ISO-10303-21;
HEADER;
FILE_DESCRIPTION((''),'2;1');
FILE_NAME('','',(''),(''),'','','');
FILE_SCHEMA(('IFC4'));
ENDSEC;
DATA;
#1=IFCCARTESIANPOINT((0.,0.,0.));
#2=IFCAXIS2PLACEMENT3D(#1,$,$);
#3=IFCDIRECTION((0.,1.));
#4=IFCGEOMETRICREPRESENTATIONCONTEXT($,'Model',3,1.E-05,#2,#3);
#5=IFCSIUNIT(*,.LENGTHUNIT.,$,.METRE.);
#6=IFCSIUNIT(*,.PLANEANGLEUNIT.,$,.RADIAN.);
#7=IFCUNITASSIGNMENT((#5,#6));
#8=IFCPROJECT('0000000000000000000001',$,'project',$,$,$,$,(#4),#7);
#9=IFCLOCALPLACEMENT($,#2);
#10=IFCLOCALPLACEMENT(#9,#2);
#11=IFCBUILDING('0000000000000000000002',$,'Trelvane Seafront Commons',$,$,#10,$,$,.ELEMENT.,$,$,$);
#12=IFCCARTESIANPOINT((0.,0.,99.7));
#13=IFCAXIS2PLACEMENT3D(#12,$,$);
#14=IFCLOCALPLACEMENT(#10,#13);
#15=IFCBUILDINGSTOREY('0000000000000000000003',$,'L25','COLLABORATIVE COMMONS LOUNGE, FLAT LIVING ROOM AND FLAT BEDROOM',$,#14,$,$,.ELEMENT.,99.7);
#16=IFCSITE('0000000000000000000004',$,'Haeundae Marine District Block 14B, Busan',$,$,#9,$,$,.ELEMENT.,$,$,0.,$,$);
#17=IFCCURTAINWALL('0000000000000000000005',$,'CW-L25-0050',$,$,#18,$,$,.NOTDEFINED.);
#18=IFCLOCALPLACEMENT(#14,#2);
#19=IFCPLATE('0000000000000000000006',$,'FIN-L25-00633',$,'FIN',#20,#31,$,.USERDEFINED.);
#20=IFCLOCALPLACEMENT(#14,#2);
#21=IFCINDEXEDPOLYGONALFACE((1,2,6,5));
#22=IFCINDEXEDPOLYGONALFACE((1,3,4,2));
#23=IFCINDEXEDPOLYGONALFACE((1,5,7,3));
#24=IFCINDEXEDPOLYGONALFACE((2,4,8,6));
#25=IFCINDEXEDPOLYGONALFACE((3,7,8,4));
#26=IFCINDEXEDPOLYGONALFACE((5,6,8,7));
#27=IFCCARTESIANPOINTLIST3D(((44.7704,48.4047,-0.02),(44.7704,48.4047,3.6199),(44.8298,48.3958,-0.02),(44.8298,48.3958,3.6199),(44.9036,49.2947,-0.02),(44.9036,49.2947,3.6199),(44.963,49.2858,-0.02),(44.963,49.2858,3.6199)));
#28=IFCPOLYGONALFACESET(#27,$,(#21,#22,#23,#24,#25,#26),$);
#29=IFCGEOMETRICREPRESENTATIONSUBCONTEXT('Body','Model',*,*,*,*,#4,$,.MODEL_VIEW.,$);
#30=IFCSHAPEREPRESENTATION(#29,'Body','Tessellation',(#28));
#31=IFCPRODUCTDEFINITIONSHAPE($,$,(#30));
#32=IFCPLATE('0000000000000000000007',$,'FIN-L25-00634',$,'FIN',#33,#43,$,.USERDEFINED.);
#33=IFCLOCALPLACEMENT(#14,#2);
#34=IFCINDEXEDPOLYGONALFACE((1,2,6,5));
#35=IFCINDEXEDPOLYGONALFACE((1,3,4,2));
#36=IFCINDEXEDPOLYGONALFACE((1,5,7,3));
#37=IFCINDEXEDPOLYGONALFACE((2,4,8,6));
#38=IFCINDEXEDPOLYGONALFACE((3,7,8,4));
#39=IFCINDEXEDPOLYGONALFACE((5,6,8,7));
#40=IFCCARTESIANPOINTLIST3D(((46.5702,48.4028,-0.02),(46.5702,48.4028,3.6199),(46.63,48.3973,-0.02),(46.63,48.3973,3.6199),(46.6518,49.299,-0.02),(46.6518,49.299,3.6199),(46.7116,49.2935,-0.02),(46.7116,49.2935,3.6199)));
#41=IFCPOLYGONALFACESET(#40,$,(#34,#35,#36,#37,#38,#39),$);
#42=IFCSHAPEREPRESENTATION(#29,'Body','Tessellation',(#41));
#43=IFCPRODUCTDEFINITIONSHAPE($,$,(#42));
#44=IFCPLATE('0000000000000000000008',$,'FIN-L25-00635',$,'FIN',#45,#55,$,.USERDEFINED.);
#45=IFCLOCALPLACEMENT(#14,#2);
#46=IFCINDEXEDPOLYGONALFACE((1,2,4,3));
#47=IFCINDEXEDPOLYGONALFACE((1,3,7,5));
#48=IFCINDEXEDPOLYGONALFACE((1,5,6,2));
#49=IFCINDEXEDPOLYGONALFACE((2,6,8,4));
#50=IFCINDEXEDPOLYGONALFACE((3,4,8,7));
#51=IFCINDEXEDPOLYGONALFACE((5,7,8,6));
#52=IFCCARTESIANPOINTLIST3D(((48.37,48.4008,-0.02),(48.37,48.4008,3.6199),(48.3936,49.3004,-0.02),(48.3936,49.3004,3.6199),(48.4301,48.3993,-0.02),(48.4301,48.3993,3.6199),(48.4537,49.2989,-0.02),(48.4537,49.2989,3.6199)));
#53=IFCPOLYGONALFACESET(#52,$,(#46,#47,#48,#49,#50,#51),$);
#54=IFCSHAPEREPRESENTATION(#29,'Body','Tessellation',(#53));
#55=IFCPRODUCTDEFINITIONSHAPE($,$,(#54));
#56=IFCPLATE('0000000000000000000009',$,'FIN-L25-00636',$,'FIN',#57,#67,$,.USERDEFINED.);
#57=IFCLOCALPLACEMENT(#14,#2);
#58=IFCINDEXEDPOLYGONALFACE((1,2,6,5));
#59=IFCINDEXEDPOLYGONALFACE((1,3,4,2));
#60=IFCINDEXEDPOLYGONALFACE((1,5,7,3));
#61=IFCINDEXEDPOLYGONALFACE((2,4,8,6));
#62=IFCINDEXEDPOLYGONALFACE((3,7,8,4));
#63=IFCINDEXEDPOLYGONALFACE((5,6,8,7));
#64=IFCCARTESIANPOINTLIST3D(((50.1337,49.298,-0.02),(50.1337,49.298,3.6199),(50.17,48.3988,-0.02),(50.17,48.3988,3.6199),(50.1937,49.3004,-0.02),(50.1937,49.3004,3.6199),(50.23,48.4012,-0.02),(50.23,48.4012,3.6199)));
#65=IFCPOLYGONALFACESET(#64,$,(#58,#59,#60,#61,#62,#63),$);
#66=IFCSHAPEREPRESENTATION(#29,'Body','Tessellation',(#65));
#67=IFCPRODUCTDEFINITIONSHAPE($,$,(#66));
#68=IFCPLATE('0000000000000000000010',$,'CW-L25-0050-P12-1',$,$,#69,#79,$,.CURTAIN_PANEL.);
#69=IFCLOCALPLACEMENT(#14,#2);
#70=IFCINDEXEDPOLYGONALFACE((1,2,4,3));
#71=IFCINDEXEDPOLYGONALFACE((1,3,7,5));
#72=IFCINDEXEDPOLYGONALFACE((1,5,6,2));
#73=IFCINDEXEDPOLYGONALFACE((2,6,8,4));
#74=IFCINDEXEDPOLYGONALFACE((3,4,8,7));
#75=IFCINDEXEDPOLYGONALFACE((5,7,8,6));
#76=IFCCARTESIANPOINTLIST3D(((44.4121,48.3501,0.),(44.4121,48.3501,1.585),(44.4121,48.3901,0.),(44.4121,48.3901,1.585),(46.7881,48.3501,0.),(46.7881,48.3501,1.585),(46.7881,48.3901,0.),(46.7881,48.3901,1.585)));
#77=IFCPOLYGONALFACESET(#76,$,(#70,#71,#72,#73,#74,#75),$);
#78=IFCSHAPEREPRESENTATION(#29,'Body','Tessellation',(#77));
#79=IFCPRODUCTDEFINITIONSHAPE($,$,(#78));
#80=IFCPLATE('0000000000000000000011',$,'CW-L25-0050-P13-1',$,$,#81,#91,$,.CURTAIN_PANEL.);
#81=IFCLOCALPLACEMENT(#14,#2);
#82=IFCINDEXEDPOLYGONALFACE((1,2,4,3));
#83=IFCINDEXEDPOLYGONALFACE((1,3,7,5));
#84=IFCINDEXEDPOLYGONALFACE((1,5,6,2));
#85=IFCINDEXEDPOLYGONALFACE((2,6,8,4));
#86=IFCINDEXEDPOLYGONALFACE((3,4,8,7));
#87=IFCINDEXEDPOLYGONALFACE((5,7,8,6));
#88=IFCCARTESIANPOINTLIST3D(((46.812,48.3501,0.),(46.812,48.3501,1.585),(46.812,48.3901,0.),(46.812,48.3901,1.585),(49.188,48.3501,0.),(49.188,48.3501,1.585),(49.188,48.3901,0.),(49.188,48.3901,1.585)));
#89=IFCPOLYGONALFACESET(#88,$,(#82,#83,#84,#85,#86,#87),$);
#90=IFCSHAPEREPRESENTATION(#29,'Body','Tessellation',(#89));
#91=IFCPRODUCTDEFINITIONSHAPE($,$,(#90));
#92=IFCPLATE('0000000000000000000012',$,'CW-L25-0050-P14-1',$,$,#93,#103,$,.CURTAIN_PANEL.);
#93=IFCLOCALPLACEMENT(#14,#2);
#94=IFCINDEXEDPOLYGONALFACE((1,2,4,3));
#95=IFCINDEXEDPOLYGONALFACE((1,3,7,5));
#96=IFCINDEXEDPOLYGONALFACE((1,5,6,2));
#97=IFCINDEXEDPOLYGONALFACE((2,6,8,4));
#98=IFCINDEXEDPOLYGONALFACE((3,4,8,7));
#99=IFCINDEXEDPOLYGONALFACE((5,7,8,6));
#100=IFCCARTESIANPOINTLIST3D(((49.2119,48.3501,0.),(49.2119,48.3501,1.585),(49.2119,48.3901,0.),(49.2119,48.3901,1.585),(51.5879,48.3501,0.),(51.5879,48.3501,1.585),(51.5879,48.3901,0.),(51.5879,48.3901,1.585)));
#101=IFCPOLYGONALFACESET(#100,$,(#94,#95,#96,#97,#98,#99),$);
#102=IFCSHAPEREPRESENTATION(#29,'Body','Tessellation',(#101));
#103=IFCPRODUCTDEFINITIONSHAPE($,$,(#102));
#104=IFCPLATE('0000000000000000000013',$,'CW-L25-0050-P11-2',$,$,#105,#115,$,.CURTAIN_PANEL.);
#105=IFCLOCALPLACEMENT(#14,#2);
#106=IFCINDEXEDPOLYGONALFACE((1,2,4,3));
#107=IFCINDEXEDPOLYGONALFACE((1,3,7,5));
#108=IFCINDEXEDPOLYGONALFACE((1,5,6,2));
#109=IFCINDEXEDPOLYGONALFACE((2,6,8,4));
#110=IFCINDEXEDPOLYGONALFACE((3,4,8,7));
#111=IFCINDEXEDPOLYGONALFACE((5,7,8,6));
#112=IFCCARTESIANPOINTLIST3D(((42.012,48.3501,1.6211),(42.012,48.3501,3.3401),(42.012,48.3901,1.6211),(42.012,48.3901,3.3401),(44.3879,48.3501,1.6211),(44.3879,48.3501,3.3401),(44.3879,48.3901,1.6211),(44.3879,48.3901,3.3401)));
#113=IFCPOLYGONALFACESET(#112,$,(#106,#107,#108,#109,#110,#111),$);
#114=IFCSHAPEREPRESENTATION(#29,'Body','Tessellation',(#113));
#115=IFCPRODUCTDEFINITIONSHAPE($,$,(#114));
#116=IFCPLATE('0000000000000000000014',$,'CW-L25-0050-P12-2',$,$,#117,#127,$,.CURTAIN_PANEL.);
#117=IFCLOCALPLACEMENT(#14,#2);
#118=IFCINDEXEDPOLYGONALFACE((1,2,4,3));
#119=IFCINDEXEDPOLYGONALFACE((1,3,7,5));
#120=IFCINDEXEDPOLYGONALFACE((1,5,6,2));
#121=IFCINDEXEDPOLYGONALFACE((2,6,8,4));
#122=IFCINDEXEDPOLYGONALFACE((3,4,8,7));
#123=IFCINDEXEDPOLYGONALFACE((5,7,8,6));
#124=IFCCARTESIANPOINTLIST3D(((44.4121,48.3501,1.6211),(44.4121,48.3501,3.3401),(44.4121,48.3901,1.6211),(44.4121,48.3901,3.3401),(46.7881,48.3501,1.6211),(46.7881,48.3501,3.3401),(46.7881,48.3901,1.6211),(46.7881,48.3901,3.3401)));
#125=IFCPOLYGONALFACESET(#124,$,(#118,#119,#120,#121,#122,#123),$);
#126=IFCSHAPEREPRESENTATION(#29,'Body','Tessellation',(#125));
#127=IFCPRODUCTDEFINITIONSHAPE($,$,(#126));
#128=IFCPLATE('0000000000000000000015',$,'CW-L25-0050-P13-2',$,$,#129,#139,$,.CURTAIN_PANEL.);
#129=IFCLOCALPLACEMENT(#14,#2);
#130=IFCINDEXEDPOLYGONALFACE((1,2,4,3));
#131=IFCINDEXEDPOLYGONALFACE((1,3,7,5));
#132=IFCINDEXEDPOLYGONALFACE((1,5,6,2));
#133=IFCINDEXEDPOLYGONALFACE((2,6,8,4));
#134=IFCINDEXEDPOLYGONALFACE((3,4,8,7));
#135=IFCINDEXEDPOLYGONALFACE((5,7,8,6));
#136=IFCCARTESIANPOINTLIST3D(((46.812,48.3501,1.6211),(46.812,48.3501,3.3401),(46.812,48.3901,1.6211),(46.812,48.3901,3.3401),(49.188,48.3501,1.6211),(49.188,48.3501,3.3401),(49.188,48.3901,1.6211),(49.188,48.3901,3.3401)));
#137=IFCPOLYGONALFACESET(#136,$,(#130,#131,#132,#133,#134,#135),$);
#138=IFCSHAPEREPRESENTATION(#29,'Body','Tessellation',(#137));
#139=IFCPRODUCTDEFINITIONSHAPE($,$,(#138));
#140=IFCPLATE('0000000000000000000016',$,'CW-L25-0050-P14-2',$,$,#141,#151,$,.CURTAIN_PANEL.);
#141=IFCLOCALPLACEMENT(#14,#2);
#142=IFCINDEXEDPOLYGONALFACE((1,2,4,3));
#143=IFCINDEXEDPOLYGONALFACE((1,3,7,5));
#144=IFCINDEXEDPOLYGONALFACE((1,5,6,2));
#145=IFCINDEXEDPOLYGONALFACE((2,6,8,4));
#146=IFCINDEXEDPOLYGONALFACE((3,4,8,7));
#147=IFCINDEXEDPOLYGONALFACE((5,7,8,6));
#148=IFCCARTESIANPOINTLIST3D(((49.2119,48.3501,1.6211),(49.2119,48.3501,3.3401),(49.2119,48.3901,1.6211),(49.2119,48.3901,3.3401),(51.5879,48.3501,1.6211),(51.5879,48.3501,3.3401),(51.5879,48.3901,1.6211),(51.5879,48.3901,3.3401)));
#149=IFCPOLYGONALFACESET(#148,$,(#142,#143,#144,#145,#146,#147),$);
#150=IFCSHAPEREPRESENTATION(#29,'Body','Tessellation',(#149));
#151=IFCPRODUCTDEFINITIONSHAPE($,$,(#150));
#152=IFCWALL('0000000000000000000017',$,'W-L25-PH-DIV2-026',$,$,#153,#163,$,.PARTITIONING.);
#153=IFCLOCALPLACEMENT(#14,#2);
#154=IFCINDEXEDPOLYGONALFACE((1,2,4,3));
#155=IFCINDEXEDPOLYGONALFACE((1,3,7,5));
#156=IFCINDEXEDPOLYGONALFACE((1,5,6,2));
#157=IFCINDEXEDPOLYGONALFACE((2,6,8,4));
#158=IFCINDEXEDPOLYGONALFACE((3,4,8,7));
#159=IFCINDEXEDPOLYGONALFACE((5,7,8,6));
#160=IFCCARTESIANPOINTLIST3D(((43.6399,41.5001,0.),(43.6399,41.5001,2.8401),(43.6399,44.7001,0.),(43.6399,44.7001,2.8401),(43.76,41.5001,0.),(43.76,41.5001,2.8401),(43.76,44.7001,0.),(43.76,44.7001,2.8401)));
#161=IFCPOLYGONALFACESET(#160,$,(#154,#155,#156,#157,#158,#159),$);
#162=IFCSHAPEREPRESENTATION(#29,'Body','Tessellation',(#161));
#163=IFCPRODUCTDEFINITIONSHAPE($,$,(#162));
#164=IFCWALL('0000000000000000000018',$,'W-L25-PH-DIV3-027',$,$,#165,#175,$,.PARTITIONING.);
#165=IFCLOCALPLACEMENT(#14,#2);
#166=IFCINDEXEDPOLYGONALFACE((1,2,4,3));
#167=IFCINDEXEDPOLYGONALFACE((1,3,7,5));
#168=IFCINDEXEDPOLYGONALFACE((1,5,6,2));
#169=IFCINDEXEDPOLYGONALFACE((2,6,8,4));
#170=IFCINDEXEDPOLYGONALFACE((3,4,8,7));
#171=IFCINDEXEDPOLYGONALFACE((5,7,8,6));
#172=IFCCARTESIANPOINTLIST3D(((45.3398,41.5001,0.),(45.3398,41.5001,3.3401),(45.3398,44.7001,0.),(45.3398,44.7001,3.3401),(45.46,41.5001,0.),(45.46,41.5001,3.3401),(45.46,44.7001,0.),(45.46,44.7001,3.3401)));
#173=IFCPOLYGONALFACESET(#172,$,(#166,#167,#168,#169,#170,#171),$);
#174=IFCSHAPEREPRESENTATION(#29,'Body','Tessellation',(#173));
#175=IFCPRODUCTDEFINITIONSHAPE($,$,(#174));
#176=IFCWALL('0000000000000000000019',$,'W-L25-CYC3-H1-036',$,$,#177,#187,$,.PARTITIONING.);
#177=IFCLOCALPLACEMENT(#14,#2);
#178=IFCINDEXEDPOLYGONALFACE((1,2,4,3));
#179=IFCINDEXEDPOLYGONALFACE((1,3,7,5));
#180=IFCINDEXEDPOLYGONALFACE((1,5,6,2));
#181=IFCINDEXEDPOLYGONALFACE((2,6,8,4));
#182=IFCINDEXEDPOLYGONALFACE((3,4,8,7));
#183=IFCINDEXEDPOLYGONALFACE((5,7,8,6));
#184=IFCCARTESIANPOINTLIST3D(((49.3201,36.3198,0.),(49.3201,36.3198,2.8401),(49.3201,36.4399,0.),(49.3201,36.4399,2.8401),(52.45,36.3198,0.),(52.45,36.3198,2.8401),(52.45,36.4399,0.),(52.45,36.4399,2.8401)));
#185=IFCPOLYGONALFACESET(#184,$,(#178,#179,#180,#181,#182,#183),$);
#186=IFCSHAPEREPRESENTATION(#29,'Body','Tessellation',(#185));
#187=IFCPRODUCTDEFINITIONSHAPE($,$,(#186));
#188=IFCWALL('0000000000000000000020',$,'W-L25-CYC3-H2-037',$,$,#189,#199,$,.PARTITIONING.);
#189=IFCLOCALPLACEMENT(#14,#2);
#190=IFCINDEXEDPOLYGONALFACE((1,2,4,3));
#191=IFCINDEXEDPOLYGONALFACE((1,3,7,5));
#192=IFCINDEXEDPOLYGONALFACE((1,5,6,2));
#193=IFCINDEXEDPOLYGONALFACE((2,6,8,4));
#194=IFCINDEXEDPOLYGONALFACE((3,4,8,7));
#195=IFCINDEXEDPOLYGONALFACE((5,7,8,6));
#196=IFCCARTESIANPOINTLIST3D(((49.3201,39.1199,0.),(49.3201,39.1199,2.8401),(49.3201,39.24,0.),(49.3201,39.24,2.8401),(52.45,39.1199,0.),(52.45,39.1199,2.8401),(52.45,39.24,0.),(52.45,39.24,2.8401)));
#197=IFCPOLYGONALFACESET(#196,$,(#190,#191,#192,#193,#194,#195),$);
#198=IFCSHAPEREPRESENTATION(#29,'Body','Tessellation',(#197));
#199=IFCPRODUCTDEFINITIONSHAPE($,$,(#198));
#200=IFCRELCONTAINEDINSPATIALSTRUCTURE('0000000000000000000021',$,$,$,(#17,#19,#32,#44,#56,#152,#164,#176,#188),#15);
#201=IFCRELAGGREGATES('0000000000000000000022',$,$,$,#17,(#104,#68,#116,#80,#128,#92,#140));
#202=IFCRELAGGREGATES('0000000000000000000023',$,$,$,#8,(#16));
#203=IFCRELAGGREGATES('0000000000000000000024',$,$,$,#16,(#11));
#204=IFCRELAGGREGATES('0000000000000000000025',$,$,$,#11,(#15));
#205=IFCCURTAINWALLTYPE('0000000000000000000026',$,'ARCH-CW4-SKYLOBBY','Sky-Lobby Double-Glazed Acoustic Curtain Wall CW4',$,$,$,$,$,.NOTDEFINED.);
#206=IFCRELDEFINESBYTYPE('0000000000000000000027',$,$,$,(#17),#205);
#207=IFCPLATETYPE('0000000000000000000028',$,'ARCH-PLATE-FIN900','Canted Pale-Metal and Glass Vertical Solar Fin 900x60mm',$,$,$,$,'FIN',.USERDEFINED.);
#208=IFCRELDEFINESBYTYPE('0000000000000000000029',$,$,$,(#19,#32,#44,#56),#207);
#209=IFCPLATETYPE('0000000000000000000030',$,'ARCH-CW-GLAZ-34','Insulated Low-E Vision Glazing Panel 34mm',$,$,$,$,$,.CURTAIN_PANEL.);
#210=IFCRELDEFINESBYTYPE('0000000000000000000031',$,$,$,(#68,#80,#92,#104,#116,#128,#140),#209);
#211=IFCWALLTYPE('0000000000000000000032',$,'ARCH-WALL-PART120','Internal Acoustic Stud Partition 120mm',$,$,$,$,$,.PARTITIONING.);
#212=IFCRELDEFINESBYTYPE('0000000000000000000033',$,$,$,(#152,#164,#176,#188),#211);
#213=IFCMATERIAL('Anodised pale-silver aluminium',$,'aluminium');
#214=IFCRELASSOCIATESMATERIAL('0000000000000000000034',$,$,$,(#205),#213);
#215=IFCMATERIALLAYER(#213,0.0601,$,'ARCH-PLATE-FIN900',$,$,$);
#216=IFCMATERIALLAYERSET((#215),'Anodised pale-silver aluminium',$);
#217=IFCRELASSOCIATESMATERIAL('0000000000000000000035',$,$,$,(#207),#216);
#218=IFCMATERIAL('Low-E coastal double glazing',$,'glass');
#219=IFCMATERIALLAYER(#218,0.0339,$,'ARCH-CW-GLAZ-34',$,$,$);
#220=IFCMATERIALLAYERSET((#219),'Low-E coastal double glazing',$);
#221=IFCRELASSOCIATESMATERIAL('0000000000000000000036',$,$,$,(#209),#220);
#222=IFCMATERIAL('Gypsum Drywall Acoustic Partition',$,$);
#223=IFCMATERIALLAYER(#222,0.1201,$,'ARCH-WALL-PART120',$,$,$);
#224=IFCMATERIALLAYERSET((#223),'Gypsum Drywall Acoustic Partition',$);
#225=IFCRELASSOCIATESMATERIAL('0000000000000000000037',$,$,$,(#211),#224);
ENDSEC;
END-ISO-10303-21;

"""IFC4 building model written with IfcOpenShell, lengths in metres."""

from ifc_helpers import new_model, si_unit, direction, frame, frame_2d, origin, origin_2d, place, context, subcontext, project, spatial, rectangle, extrude, source, transform, mapped, material, layer, layer_set, type_object, element, aggregate, save


model = new_model("IFC4")

# Units and contexts
model_context = context("Model", 3, precision=1e-05, world=origin(), true_north=direction((0.0, 1.0)))
body_context = subcontext(model_context, "Body", "Model", "MODEL_VIEW")
ifc_project = project(units=[si_unit("LENGTHUNIT", "METRE"), si_unit("PLANEANGLEUNIT", "RADIAN")], contexts=[model_context])

# Site, building, storey
site_placement = place(None, origin())
site = spatial("IfcSite", under=ifc_project, at=site_placement, Name="Haeundae Marine District Block 14B, Busan", CompositionType="ELEMENT", RefElevation=0.0)
building_placement = place(site_placement, origin())
building = spatial("IfcBuilding", under=site, at=building_placement, Name="Trelvane Seafront Commons", CompositionType="ELEMENT")
storey_placement = place(building_placement, frame((0.0, 0.0, 99.7)))
storey = spatial("IfcBuildingStorey", under=building, at=storey_placement, Name="L25", Description="COLLABORATIVE COMMONS LOUNGE, FLAT LIVING ROOM AND FLAT BEDROOM", CompositionType="ELEMENT", Elevation=99.7)

# Curtain wall
ifc_material_1 = material(Name="Anodised pale-silver aluminium", Category="aluminium")
curtain_wall_type = type_object("IfcCurtainWallType", Name="ARCH-CW4-SKYLOBBY", Description="Sky-Lobby Double-Glazed Acoustic Curtain Wall CW4", PredefinedType="NOTDEFINED", material=ifc_material_1)
curtain_wall_placement = place(storey_placement, origin())
curtain_wall = element("IfcCurtainWall", 1, at=curtain_wall_placement, inside=storey, type_object=curtain_wall_type, Name="CW-L25-0050", PredefinedType="NOTDEFINED")

# Plates
ifc_layer_1 = layer(ifc_material_1, 0.0601, Name="ARCH-PLATE-FIN900")
ifc_layer_set_1 = layer_set([ifc_layer_1], Name="Anodised pale-silver aluminium")
plate_type_1 = type_object("IfcPlateType", Name="ARCH-PLATE-FIN900", Description="Canted Pale-Metal and Glass Vertical Solar Fin 900x60mm", ElementType="FIN", PredefinedType="USERDEFINED", material=ifc_layer_set_1)
shared_shape_1 = source(origin(), body_context, "Body", "SweptSolid", [
    extrude(rectangle(XDim=0.8999, YDim=0.0601, at=origin_2d()), origin(), (0.0, 0.0, 1.0), 3.6399),
])
for number, where, z_axis, x_axis, name in (
    (2, (44.8667, 48.8452, -0.02), (0.0, 0.0, 1.0), (0.148106, 0.988971, 0.0), "FIN-L25-00633"),
    (3, (46.6409, 48.8481, -0.02), (0.0, 0.0, 1.0), (0.090666, 0.995881, 0.0), "FIN-L25-00634"),
    (4, (48.4119, 48.8499, -0.02), (0.0, 0.0, 1.0), (0.026222, 0.999656, 0.0), "FIN-L25-00635"),
    (5, (50.1819, 48.8496, -0.02), (0.0, 0.0, 1.0), (-0.040332, 0.999186, 0.0), "FIN-L25-00636"),
):
    element("IfcPlate", number, at=place(storey_placement, frame(where, z_axis=z_axis, x_axis=x_axis)), inside=storey, type_object=plate_type_1, Name=name, ObjectType="FIN", PredefinedType="USERDEFINED", context=body_context, shape_type="MappedRepresentation", body=[
        mapped(shared_shape_1, transform((0.0, 0.0, 0.0), x_axis=(1.0, 0.0, 0.0), y_axis=(0.0, 1.0, 0.0), z_axis=(0.0, 0.0, 1.0), scale=1.0)),
    ])

# Plates
ifc_material_2 = material(Name="Low-E coastal double glazing", Category="glass")
ifc_layer_2 = layer(ifc_material_2, 0.0339, Name="ARCH-CW-GLAZ-34")
ifc_layer_set_2 = layer_set([ifc_layer_2], Name="Low-E coastal double glazing")
plate_type_2 = type_object("IfcPlateType", Name="ARCH-CW-GLAZ-34", Description="Insulated Low-E Vision Glazing Panel 34mm", PredefinedType="CURTAIN_PANEL", material=ifc_layer_set_2)
shared_shape_2 = source(origin(), body_context, "Body", "SweptSolid", [
    extrude(rectangle(XDim=2.376, YDim=0.04, at=origin_2d()), origin(), (0.0, 0.0, 1.0), 1.585),
])
plate_1_placement = place(storey_placement, frame((45.6001, 48.3701, 0.0), z_axis=(0.0, 0.0, 1.0), x_axis=(1.0, 0.0, 0.0)))
plate_1 = element("IfcPlate", 6, at=plate_1_placement, type_object=plate_type_2, Name="CW-L25-0050-P12-1", PredefinedType="CURTAIN_PANEL", context=body_context, shape_type="MappedRepresentation", body=[
    mapped(shared_shape_2, transform((0.0, 0.0, 0.0), x_axis=(1.0, 0.0, 0.0), y_axis=(0.0, 1.0, 0.0), z_axis=(0.0, 0.0, 1.0), scale=1.0)),
])
plate_2_placement = place(storey_placement, frame((48.0, 48.3701, 0.0), z_axis=(0.0, 0.0, 1.0), x_axis=(1.0, 0.0, 0.0)))
plate_2 = element("IfcPlate", 7, at=plate_2_placement, type_object=plate_type_2, Name="CW-L25-0050-P13-1", PredefinedType="CURTAIN_PANEL", context=body_context, shape_type="MappedRepresentation", body=[
    mapped(shared_shape_2, transform((0.0, 0.0, 0.0), x_axis=(1.0, 0.0, 0.0), y_axis=(0.0, 1.0, 0.0), z_axis=(0.0, 0.0, 1.0), scale=1.0)),
])
plate_3_placement = place(storey_placement, frame((50.3999, 48.3701, 0.0), z_axis=(0.0, 0.0, 1.0), x_axis=(1.0, 0.0, 0.0)))
plate_3 = element("IfcPlate", 8, at=plate_3_placement, type_object=plate_type_2, Name="CW-L25-0050-P14-1", PredefinedType="CURTAIN_PANEL", context=body_context, shape_type="MappedRepresentation", body=[
    mapped(shared_shape_2, transform((0.0, 0.0, 0.0), x_axis=(1.0, 0.0, 0.0), y_axis=(0.0, 1.0, 0.0), z_axis=(0.0, 0.0, 1.0), scale=1.0)),
])
shared_shape_3 = source(origin(), body_context, "Body", "SweptSolid", [
    extrude(rectangle(XDim=2.376, YDim=0.04, at=origin_2d()), origin(), (0.0, 0.0, 1.0), 1.719),
])
plate_4_placement = place(storey_placement, frame((43.2, 48.3701, 1.6211), z_axis=(0.0, 0.0, 1.0), x_axis=(1.0, 0.0, 0.0)))
plate_4 = element("IfcPlate", 9, at=plate_4_placement, type_object=plate_type_2, Name="CW-L25-0050-P11-2", PredefinedType="CURTAIN_PANEL", context=body_context, shape_type="MappedRepresentation", body=[
    mapped(shared_shape_3, transform((0.0, 0.0, 0.0), x_axis=(1.0, 0.0, 0.0), y_axis=(0.0, 1.0, 0.0), z_axis=(0.0, 0.0, 1.0), scale=1.0)),
])
plate_5_placement = place(storey_placement, frame((45.6001, 48.3701, 1.6211), z_axis=(0.0, 0.0, 1.0), x_axis=(1.0, 0.0, 0.0)))
plate_5 = element("IfcPlate", 10, at=plate_5_placement, type_object=plate_type_2, Name="CW-L25-0050-P12-2", PredefinedType="CURTAIN_PANEL", context=body_context, shape_type="MappedRepresentation", body=[
    mapped(shared_shape_3, transform((0.0, 0.0, 0.0), x_axis=(1.0, 0.0, 0.0), y_axis=(0.0, 1.0, 0.0), z_axis=(0.0, 0.0, 1.0), scale=1.0)),
])
plate_6_placement = place(storey_placement, frame((48.0, 48.3701, 1.6211), z_axis=(0.0, 0.0, 1.0), x_axis=(1.0, 0.0, 0.0)))
plate_6 = element("IfcPlate", 11, at=plate_6_placement, type_object=plate_type_2, Name="CW-L25-0050-P13-2", PredefinedType="CURTAIN_PANEL", context=body_context, shape_type="MappedRepresentation", body=[
    mapped(shared_shape_3, transform((0.0, 0.0, 0.0), x_axis=(1.0, 0.0, 0.0), y_axis=(0.0, 1.0, 0.0), z_axis=(0.0, 0.0, 1.0), scale=1.0)),
])
plate_7_placement = place(storey_placement, frame((50.3999, 48.3701, 1.6211), z_axis=(0.0, 0.0, 1.0), x_axis=(1.0, 0.0, 0.0)))
plate_7 = element("IfcPlate", 12, at=plate_7_placement, type_object=plate_type_2, Name="CW-L25-0050-P14-2", PredefinedType="CURTAIN_PANEL", context=body_context, shape_type="MappedRepresentation", body=[
    mapped(shared_shape_3, transform((0.0, 0.0, 0.0), x_axis=(1.0, 0.0, 0.0), y_axis=(0.0, 1.0, 0.0), z_axis=(0.0, 0.0, 1.0), scale=1.0)),
])
aggregate(curtain_wall, [plate_4, plate_1, plate_5, plate_2, plate_6, plate_3, plate_7])

# Walls
ifc_material_3 = material(Name="Gypsum Drywall Acoustic Partition")
ifc_layer_3 = layer(ifc_material_3, 0.1201, Name="ARCH-WALL-PART120")
ifc_layer_set_3 = layer_set([ifc_layer_3], Name="Gypsum Drywall Acoustic Partition")
wall_type_1 = type_object("IfcWallType", Name="ARCH-WALL-PART120", Description="Internal Acoustic Stud Partition 120mm", PredefinedType="PARTITIONING", material=ifc_layer_set_3)
wall_1_placement = place(storey_placement, frame((43.7, 41.5, 0.0), z_axis=(0.0, 0.0, 1.0), x_axis=(0.0, 1.0, 0.0)))
element("IfcWall", 13, at=wall_1_placement, inside=storey, type_object=wall_type_1, Name="W-L25-PH-DIV2-026", PredefinedType="PARTITIONING", context=body_context, shape_type="SweptSolid", body=[
    extrude(rectangle(XDim=3.2, YDim=0.1201, at=frame_2d((1.6001, 0.0))), origin(), (0.0, 0.0, 1.0), 2.8401),
])
wall_2_placement = place(storey_placement, frame((45.3999, 41.5, 0.0), z_axis=(0.0, 0.0, 1.0), x_axis=(0.0, 1.0, 0.0)))
element("IfcWall", 14, at=wall_2_placement, inside=storey, type_object=wall_type_1, Name="W-L25-PH-DIV3-027", PredefinedType="PARTITIONING", context=body_context, shape_type="SweptSolid", body=[
    extrude(rectangle(XDim=3.2, YDim=0.1201, at=frame_2d((1.6001, 0.0))), origin(), (0.0, 0.0, 1.0), 3.3401),
])
for number, where, z_axis, x_axis, name in (
    (15, (49.3201, 36.3799, 0.0), (0.0, 0.0, 1.0), (1.0, 0.0, 0.0), "W-L25-CYC3-H1-036"),
    (16, (49.3201, 39.1799, 0.0), (0.0, 0.0, 1.0), (1.0, 0.0, 0.0), "W-L25-CYC3-H2-037"),
):
    element("IfcWall", number, at=place(storey_placement, frame(where, z_axis=z_axis, x_axis=x_axis)), inside=storey, type_object=wall_type_1, Name=name, PredefinedType="PARTITIONING", context=body_context, shape_type="SweptSolid", body=[
        extrude(rectangle(XDim=3.1299, YDim=0.1201, at=frame_2d((1.5649, 0.0))), origin(), (0.0, 0.0, 1.0), 2.8401),
    ])

save(model, "model.ifc")
